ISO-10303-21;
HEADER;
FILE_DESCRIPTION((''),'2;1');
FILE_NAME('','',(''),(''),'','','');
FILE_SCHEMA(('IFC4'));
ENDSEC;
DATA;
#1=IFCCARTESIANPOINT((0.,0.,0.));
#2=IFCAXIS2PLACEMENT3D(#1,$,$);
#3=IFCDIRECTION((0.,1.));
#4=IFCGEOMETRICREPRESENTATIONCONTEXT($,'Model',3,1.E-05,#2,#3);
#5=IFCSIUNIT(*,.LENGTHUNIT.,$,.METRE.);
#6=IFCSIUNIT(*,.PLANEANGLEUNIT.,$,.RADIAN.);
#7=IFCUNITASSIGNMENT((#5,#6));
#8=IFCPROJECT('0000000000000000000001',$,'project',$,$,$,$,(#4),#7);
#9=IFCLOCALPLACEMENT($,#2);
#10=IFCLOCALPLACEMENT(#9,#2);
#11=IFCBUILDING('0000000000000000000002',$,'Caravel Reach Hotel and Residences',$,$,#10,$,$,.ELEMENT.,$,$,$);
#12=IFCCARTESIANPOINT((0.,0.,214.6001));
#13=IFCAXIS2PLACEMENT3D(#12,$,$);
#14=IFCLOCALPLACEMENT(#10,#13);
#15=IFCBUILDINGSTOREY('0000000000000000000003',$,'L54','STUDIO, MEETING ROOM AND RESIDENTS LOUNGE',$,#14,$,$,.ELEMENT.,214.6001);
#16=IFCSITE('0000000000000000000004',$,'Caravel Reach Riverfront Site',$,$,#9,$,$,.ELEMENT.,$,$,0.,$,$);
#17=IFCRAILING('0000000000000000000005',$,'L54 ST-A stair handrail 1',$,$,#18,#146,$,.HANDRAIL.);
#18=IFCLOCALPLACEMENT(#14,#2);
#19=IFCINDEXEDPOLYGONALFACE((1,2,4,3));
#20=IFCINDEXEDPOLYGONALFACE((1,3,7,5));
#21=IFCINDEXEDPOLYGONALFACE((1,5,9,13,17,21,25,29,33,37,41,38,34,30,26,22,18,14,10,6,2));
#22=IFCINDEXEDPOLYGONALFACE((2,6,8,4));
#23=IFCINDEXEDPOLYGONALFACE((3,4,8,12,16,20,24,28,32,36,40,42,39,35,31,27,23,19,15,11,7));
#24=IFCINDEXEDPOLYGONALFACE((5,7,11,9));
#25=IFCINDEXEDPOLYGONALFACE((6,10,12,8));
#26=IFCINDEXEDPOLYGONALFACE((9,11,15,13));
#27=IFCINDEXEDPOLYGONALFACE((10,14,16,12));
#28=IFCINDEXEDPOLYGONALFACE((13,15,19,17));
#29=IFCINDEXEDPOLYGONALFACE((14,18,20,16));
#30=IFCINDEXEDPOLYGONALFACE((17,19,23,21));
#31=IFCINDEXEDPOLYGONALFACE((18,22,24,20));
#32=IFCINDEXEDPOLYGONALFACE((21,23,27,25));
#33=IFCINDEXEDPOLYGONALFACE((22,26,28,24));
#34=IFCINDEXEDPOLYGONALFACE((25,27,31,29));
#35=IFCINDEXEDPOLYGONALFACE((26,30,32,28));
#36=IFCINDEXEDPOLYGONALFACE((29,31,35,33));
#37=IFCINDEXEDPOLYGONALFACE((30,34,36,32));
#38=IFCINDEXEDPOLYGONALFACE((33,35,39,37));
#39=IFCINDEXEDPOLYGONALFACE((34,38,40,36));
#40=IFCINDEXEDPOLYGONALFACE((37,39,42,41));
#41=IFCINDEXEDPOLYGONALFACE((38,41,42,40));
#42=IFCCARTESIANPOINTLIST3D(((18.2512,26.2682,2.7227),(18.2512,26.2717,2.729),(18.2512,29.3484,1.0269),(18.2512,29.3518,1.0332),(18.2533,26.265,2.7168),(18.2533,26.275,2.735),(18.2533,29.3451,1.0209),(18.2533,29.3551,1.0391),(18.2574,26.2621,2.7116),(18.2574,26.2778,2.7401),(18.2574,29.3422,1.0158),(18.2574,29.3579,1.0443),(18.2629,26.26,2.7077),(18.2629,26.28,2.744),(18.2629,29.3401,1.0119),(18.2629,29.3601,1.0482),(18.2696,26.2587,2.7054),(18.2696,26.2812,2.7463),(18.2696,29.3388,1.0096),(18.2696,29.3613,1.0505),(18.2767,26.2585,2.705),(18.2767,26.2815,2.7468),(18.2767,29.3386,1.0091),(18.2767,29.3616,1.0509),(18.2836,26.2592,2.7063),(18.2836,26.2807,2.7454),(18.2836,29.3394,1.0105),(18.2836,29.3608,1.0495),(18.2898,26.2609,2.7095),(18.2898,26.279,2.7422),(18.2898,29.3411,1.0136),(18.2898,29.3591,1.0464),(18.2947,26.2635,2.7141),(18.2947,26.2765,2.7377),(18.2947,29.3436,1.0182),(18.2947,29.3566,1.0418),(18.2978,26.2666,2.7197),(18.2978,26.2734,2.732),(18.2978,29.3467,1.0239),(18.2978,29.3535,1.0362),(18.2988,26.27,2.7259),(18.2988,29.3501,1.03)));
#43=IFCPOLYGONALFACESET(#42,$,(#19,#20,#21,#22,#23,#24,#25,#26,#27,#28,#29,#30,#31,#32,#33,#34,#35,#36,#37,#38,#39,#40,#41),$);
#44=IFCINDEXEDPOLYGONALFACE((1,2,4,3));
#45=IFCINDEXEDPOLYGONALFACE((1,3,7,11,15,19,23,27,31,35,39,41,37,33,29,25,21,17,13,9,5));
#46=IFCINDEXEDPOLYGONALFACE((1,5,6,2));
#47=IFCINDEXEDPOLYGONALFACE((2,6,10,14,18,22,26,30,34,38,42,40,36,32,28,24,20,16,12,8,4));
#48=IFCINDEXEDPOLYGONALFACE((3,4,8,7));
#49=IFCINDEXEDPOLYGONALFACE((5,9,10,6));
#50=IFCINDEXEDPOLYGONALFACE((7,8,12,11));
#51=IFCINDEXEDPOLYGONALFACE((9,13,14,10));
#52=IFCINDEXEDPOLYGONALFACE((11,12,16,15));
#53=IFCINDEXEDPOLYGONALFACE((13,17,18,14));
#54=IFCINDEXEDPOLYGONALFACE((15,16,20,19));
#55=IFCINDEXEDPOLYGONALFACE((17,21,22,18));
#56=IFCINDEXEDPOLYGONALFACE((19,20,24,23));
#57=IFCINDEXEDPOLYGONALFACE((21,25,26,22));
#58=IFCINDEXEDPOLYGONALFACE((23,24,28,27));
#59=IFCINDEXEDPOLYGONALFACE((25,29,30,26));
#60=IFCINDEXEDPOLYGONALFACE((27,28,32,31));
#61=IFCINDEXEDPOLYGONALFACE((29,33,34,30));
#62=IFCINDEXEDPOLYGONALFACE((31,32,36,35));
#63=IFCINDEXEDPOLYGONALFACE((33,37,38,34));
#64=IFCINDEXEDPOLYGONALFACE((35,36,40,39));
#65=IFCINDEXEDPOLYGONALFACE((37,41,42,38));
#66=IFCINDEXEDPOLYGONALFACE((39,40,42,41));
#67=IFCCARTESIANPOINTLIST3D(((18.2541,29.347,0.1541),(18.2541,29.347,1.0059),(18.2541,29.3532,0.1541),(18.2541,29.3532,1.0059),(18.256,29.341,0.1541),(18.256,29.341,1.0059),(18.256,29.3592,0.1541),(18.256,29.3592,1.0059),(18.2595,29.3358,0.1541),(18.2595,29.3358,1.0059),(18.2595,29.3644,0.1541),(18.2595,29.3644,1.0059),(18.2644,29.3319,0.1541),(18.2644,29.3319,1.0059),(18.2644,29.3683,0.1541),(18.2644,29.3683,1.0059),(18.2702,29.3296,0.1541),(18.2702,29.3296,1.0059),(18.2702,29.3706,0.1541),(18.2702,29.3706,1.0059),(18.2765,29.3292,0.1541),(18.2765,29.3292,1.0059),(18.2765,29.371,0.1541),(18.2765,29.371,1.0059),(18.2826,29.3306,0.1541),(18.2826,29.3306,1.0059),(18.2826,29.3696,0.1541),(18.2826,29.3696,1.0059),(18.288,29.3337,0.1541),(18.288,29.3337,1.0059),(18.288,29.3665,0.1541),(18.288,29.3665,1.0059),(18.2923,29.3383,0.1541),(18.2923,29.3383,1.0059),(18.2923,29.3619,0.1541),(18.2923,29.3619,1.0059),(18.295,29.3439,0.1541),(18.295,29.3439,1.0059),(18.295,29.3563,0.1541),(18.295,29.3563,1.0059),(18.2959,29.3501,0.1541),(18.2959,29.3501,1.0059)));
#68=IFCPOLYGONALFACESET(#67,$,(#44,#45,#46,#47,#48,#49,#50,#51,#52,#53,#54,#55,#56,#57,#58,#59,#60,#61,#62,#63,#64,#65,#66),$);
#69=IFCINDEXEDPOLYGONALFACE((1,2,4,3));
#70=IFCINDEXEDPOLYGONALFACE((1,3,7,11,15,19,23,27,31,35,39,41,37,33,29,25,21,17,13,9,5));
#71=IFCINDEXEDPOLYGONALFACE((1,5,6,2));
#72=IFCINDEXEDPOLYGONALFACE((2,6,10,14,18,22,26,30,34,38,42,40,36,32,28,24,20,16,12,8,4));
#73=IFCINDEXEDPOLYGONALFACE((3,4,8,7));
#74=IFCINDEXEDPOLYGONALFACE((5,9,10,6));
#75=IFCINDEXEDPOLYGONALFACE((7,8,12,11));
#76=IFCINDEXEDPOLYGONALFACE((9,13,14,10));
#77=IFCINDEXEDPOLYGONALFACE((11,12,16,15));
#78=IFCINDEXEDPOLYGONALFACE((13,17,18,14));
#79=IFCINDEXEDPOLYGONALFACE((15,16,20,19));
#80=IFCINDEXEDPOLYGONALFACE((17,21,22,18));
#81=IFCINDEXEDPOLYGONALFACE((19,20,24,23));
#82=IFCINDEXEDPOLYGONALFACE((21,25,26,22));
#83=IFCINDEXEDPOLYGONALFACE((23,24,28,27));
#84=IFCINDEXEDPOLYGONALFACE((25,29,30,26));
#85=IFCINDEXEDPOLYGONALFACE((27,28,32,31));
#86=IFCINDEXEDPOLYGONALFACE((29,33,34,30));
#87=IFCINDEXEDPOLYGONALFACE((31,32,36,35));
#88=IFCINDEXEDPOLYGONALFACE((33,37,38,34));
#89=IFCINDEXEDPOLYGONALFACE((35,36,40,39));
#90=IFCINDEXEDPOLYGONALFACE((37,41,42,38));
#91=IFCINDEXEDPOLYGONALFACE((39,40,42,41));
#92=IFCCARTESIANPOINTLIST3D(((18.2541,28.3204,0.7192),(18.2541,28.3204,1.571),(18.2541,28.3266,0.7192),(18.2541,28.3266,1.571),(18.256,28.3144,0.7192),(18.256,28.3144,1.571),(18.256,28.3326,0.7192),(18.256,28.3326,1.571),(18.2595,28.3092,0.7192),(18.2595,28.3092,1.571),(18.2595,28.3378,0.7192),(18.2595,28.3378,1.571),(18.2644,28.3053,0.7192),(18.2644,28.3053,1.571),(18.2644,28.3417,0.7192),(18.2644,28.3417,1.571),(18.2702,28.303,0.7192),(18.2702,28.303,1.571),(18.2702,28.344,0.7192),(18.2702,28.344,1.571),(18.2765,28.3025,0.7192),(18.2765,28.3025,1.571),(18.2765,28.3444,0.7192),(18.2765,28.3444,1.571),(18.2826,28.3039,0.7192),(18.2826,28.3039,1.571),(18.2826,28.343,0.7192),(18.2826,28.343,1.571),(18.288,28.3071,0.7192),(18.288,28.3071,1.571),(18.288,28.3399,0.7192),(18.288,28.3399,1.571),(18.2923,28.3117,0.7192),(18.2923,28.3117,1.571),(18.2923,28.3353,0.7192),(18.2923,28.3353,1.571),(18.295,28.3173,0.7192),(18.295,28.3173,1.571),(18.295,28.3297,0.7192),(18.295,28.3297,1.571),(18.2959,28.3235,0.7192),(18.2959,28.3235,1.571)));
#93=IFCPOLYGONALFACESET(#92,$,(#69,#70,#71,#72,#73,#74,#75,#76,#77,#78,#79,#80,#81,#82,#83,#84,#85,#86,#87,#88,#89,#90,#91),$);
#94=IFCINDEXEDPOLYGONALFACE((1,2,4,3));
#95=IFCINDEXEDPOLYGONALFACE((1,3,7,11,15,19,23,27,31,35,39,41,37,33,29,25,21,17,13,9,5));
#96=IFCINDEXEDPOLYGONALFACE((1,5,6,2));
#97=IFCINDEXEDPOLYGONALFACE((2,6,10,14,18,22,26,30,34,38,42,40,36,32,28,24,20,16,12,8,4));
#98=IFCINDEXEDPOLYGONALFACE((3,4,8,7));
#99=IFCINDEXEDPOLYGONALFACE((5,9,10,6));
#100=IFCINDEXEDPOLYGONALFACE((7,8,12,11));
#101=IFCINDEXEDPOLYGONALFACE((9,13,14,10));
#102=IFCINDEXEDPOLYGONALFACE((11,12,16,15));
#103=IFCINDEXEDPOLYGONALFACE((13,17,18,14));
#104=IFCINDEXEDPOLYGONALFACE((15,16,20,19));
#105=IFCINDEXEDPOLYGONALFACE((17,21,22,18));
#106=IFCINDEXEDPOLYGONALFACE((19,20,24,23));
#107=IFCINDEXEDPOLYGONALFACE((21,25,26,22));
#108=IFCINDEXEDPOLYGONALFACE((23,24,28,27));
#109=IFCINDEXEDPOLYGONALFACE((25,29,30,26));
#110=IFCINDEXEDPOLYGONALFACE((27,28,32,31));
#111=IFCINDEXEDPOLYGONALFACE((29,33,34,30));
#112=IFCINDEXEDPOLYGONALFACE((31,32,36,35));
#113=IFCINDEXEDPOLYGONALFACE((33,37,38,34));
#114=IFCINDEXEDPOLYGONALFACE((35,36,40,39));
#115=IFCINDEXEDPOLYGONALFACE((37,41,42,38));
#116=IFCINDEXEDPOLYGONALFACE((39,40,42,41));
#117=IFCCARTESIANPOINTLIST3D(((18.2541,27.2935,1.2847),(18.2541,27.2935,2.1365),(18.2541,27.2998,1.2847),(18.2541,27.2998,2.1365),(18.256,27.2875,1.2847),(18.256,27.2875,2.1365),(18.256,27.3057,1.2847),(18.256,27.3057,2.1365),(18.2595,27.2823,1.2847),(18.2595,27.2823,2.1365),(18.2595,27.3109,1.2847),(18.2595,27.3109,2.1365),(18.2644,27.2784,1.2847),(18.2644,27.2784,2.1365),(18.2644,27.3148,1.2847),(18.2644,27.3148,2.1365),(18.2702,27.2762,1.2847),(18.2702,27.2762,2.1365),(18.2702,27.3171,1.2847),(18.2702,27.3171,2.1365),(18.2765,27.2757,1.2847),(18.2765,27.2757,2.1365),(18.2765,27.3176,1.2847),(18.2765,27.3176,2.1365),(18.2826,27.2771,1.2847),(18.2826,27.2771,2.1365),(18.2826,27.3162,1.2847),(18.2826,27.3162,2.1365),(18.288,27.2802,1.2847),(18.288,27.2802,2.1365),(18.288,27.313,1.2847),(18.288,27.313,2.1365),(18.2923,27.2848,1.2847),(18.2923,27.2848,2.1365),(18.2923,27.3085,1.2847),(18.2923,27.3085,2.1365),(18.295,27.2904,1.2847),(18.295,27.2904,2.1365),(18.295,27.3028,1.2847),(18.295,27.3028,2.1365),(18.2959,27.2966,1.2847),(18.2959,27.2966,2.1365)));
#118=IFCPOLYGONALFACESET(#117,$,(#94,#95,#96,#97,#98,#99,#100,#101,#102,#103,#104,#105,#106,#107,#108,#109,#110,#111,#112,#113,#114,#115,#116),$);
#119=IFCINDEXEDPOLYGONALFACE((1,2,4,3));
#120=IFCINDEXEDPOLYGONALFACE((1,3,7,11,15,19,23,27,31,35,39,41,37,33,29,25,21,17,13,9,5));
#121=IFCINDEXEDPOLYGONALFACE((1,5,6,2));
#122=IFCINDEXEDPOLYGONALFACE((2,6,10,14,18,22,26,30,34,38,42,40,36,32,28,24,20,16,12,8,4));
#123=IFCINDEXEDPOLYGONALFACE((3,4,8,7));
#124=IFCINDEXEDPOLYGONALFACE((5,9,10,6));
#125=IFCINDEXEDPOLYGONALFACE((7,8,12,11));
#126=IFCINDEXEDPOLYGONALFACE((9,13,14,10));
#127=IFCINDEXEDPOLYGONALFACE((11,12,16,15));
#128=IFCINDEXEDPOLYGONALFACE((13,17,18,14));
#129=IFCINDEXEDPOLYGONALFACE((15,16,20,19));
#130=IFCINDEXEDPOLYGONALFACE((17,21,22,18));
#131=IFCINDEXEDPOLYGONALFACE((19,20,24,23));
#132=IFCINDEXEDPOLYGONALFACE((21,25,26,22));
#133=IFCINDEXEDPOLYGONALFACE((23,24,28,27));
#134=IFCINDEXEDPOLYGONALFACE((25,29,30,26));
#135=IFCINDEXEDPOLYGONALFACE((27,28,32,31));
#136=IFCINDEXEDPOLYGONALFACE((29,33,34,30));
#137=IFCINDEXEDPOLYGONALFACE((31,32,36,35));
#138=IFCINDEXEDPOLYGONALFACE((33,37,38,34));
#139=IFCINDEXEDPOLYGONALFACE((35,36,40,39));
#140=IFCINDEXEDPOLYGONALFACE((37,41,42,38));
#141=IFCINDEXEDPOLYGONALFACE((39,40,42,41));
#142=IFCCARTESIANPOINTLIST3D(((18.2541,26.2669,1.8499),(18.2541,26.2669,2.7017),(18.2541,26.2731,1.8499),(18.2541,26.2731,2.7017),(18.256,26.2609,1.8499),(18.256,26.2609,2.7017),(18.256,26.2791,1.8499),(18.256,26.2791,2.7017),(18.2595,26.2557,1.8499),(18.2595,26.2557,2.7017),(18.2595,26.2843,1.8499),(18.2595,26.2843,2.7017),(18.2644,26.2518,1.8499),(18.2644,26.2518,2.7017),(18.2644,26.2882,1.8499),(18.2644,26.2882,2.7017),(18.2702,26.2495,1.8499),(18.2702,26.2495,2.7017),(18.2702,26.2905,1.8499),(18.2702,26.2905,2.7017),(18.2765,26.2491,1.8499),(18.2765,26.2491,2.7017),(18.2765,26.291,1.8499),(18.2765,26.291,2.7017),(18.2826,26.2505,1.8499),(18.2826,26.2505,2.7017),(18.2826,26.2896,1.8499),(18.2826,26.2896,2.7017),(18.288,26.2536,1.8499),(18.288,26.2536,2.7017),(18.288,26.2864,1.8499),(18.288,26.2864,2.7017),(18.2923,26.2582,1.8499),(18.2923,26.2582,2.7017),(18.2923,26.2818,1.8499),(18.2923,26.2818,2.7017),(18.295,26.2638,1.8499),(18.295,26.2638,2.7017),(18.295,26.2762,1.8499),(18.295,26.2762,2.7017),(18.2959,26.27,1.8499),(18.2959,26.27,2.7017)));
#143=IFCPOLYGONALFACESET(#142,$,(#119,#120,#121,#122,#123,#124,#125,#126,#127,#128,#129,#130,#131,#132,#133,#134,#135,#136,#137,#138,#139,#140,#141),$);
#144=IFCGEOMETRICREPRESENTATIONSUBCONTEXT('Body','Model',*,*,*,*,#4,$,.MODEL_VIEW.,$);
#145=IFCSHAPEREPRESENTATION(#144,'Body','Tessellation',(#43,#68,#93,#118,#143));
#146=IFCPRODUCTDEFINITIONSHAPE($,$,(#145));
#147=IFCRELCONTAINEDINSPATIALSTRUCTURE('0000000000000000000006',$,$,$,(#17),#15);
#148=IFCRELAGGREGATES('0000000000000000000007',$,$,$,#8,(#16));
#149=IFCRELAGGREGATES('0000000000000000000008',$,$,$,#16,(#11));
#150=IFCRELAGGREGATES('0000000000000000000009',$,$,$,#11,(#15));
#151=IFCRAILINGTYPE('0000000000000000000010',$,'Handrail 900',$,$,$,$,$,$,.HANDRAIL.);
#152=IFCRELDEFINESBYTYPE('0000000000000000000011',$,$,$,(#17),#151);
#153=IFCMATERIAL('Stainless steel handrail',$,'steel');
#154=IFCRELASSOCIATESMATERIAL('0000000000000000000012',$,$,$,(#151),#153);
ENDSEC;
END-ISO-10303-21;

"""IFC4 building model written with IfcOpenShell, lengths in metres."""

from ifc_helpers import new_model, si_unit, direction, frame, origin, origin_2d, place, context, subcontext, project, spatial, circle, extrude, material, type_object, element, save


model = new_model("IFC4")

# Units and contexts
model_context = context("Model", 3, precision=1e-05, world=origin(), true_north=direction((0.0, 1.0)))
body_context = subcontext(model_context, "Body", "Model", "MODEL_VIEW")
ifc_project = project(units=[si_unit("LENGTHUNIT", "METRE"), si_unit("PLANEANGLEUNIT", "RADIAN")], contexts=[model_context])

# Site, building, storey
site_placement = place(None, origin())
site = spatial("IfcSite", under=ifc_project, at=site_placement, Name="Caravel Reach Riverfront Site", CompositionType="ELEMENT", RefElevation=0.0)
building_placement = place(site_placement, origin())
building = spatial("IfcBuilding", under=site, at=building_placement, Name="Caravel Reach Hotel and Residences", CompositionType="ELEMENT")
storey_placement = place(building_placement, frame((0.0, 0.0, 214.6001)))
storey = spatial("IfcBuildingStorey", under=building, at=storey_placement, Name="L54", Description="STUDIO, MEETING ROOM AND RESIDENTS LOUNGE", CompositionType="ELEMENT", Elevation=214.6001)

# Railing
ifc_material_1 = material(Name="Stainless steel handrail", Category="steel")
railing_type_1 = type_object("IfcRailingType", Name="Handrail 900", PredefinedType="HANDRAIL", material=ifc_material_1)
railing_1_placement = place(storey_placement, frame((18.2749, 29.3501, 0.1541)))
element("IfcRailing", 1, at=railing_1_placement, inside=storey, type_object=railing_type_1, Name="L54 ST-A stair handrail 1", PredefinedType="HANDRAIL", context=body_context, shape_type="SweptSolid", body=[
    extrude(circle(Radius=0.0239, at=origin_2d()), frame((0.0, 0.0, 0.876), z_axis=(0.0, -0.876005, 0.482303), x_axis=(1.0, 0.0, 0.0)), (0.0, 0.0, 1.0), 3.5161),
    extrude(circle(Radius=0.021, at=origin_2d()), origin(), (0.0, 0.0, 1.0), 0.8518),
    extrude(circle(Radius=0.021, at=origin_2d()), frame((0.0, -1.0266, 0.5652)), (0.0, 0.0, 1.0), 0.8518),
    extrude(circle(Radius=0.021, at=origin_2d()), frame((0.0, -2.0535, 1.1306)), (0.0, 0.0, 1.0), 0.8518),
    extrude(circle(Radius=0.021, at=origin_2d()), frame((0.0, -3.0801, 1.6958)), (0.0, 0.0, 1.0), 0.8518),
])

save(model, "model.ifc")
